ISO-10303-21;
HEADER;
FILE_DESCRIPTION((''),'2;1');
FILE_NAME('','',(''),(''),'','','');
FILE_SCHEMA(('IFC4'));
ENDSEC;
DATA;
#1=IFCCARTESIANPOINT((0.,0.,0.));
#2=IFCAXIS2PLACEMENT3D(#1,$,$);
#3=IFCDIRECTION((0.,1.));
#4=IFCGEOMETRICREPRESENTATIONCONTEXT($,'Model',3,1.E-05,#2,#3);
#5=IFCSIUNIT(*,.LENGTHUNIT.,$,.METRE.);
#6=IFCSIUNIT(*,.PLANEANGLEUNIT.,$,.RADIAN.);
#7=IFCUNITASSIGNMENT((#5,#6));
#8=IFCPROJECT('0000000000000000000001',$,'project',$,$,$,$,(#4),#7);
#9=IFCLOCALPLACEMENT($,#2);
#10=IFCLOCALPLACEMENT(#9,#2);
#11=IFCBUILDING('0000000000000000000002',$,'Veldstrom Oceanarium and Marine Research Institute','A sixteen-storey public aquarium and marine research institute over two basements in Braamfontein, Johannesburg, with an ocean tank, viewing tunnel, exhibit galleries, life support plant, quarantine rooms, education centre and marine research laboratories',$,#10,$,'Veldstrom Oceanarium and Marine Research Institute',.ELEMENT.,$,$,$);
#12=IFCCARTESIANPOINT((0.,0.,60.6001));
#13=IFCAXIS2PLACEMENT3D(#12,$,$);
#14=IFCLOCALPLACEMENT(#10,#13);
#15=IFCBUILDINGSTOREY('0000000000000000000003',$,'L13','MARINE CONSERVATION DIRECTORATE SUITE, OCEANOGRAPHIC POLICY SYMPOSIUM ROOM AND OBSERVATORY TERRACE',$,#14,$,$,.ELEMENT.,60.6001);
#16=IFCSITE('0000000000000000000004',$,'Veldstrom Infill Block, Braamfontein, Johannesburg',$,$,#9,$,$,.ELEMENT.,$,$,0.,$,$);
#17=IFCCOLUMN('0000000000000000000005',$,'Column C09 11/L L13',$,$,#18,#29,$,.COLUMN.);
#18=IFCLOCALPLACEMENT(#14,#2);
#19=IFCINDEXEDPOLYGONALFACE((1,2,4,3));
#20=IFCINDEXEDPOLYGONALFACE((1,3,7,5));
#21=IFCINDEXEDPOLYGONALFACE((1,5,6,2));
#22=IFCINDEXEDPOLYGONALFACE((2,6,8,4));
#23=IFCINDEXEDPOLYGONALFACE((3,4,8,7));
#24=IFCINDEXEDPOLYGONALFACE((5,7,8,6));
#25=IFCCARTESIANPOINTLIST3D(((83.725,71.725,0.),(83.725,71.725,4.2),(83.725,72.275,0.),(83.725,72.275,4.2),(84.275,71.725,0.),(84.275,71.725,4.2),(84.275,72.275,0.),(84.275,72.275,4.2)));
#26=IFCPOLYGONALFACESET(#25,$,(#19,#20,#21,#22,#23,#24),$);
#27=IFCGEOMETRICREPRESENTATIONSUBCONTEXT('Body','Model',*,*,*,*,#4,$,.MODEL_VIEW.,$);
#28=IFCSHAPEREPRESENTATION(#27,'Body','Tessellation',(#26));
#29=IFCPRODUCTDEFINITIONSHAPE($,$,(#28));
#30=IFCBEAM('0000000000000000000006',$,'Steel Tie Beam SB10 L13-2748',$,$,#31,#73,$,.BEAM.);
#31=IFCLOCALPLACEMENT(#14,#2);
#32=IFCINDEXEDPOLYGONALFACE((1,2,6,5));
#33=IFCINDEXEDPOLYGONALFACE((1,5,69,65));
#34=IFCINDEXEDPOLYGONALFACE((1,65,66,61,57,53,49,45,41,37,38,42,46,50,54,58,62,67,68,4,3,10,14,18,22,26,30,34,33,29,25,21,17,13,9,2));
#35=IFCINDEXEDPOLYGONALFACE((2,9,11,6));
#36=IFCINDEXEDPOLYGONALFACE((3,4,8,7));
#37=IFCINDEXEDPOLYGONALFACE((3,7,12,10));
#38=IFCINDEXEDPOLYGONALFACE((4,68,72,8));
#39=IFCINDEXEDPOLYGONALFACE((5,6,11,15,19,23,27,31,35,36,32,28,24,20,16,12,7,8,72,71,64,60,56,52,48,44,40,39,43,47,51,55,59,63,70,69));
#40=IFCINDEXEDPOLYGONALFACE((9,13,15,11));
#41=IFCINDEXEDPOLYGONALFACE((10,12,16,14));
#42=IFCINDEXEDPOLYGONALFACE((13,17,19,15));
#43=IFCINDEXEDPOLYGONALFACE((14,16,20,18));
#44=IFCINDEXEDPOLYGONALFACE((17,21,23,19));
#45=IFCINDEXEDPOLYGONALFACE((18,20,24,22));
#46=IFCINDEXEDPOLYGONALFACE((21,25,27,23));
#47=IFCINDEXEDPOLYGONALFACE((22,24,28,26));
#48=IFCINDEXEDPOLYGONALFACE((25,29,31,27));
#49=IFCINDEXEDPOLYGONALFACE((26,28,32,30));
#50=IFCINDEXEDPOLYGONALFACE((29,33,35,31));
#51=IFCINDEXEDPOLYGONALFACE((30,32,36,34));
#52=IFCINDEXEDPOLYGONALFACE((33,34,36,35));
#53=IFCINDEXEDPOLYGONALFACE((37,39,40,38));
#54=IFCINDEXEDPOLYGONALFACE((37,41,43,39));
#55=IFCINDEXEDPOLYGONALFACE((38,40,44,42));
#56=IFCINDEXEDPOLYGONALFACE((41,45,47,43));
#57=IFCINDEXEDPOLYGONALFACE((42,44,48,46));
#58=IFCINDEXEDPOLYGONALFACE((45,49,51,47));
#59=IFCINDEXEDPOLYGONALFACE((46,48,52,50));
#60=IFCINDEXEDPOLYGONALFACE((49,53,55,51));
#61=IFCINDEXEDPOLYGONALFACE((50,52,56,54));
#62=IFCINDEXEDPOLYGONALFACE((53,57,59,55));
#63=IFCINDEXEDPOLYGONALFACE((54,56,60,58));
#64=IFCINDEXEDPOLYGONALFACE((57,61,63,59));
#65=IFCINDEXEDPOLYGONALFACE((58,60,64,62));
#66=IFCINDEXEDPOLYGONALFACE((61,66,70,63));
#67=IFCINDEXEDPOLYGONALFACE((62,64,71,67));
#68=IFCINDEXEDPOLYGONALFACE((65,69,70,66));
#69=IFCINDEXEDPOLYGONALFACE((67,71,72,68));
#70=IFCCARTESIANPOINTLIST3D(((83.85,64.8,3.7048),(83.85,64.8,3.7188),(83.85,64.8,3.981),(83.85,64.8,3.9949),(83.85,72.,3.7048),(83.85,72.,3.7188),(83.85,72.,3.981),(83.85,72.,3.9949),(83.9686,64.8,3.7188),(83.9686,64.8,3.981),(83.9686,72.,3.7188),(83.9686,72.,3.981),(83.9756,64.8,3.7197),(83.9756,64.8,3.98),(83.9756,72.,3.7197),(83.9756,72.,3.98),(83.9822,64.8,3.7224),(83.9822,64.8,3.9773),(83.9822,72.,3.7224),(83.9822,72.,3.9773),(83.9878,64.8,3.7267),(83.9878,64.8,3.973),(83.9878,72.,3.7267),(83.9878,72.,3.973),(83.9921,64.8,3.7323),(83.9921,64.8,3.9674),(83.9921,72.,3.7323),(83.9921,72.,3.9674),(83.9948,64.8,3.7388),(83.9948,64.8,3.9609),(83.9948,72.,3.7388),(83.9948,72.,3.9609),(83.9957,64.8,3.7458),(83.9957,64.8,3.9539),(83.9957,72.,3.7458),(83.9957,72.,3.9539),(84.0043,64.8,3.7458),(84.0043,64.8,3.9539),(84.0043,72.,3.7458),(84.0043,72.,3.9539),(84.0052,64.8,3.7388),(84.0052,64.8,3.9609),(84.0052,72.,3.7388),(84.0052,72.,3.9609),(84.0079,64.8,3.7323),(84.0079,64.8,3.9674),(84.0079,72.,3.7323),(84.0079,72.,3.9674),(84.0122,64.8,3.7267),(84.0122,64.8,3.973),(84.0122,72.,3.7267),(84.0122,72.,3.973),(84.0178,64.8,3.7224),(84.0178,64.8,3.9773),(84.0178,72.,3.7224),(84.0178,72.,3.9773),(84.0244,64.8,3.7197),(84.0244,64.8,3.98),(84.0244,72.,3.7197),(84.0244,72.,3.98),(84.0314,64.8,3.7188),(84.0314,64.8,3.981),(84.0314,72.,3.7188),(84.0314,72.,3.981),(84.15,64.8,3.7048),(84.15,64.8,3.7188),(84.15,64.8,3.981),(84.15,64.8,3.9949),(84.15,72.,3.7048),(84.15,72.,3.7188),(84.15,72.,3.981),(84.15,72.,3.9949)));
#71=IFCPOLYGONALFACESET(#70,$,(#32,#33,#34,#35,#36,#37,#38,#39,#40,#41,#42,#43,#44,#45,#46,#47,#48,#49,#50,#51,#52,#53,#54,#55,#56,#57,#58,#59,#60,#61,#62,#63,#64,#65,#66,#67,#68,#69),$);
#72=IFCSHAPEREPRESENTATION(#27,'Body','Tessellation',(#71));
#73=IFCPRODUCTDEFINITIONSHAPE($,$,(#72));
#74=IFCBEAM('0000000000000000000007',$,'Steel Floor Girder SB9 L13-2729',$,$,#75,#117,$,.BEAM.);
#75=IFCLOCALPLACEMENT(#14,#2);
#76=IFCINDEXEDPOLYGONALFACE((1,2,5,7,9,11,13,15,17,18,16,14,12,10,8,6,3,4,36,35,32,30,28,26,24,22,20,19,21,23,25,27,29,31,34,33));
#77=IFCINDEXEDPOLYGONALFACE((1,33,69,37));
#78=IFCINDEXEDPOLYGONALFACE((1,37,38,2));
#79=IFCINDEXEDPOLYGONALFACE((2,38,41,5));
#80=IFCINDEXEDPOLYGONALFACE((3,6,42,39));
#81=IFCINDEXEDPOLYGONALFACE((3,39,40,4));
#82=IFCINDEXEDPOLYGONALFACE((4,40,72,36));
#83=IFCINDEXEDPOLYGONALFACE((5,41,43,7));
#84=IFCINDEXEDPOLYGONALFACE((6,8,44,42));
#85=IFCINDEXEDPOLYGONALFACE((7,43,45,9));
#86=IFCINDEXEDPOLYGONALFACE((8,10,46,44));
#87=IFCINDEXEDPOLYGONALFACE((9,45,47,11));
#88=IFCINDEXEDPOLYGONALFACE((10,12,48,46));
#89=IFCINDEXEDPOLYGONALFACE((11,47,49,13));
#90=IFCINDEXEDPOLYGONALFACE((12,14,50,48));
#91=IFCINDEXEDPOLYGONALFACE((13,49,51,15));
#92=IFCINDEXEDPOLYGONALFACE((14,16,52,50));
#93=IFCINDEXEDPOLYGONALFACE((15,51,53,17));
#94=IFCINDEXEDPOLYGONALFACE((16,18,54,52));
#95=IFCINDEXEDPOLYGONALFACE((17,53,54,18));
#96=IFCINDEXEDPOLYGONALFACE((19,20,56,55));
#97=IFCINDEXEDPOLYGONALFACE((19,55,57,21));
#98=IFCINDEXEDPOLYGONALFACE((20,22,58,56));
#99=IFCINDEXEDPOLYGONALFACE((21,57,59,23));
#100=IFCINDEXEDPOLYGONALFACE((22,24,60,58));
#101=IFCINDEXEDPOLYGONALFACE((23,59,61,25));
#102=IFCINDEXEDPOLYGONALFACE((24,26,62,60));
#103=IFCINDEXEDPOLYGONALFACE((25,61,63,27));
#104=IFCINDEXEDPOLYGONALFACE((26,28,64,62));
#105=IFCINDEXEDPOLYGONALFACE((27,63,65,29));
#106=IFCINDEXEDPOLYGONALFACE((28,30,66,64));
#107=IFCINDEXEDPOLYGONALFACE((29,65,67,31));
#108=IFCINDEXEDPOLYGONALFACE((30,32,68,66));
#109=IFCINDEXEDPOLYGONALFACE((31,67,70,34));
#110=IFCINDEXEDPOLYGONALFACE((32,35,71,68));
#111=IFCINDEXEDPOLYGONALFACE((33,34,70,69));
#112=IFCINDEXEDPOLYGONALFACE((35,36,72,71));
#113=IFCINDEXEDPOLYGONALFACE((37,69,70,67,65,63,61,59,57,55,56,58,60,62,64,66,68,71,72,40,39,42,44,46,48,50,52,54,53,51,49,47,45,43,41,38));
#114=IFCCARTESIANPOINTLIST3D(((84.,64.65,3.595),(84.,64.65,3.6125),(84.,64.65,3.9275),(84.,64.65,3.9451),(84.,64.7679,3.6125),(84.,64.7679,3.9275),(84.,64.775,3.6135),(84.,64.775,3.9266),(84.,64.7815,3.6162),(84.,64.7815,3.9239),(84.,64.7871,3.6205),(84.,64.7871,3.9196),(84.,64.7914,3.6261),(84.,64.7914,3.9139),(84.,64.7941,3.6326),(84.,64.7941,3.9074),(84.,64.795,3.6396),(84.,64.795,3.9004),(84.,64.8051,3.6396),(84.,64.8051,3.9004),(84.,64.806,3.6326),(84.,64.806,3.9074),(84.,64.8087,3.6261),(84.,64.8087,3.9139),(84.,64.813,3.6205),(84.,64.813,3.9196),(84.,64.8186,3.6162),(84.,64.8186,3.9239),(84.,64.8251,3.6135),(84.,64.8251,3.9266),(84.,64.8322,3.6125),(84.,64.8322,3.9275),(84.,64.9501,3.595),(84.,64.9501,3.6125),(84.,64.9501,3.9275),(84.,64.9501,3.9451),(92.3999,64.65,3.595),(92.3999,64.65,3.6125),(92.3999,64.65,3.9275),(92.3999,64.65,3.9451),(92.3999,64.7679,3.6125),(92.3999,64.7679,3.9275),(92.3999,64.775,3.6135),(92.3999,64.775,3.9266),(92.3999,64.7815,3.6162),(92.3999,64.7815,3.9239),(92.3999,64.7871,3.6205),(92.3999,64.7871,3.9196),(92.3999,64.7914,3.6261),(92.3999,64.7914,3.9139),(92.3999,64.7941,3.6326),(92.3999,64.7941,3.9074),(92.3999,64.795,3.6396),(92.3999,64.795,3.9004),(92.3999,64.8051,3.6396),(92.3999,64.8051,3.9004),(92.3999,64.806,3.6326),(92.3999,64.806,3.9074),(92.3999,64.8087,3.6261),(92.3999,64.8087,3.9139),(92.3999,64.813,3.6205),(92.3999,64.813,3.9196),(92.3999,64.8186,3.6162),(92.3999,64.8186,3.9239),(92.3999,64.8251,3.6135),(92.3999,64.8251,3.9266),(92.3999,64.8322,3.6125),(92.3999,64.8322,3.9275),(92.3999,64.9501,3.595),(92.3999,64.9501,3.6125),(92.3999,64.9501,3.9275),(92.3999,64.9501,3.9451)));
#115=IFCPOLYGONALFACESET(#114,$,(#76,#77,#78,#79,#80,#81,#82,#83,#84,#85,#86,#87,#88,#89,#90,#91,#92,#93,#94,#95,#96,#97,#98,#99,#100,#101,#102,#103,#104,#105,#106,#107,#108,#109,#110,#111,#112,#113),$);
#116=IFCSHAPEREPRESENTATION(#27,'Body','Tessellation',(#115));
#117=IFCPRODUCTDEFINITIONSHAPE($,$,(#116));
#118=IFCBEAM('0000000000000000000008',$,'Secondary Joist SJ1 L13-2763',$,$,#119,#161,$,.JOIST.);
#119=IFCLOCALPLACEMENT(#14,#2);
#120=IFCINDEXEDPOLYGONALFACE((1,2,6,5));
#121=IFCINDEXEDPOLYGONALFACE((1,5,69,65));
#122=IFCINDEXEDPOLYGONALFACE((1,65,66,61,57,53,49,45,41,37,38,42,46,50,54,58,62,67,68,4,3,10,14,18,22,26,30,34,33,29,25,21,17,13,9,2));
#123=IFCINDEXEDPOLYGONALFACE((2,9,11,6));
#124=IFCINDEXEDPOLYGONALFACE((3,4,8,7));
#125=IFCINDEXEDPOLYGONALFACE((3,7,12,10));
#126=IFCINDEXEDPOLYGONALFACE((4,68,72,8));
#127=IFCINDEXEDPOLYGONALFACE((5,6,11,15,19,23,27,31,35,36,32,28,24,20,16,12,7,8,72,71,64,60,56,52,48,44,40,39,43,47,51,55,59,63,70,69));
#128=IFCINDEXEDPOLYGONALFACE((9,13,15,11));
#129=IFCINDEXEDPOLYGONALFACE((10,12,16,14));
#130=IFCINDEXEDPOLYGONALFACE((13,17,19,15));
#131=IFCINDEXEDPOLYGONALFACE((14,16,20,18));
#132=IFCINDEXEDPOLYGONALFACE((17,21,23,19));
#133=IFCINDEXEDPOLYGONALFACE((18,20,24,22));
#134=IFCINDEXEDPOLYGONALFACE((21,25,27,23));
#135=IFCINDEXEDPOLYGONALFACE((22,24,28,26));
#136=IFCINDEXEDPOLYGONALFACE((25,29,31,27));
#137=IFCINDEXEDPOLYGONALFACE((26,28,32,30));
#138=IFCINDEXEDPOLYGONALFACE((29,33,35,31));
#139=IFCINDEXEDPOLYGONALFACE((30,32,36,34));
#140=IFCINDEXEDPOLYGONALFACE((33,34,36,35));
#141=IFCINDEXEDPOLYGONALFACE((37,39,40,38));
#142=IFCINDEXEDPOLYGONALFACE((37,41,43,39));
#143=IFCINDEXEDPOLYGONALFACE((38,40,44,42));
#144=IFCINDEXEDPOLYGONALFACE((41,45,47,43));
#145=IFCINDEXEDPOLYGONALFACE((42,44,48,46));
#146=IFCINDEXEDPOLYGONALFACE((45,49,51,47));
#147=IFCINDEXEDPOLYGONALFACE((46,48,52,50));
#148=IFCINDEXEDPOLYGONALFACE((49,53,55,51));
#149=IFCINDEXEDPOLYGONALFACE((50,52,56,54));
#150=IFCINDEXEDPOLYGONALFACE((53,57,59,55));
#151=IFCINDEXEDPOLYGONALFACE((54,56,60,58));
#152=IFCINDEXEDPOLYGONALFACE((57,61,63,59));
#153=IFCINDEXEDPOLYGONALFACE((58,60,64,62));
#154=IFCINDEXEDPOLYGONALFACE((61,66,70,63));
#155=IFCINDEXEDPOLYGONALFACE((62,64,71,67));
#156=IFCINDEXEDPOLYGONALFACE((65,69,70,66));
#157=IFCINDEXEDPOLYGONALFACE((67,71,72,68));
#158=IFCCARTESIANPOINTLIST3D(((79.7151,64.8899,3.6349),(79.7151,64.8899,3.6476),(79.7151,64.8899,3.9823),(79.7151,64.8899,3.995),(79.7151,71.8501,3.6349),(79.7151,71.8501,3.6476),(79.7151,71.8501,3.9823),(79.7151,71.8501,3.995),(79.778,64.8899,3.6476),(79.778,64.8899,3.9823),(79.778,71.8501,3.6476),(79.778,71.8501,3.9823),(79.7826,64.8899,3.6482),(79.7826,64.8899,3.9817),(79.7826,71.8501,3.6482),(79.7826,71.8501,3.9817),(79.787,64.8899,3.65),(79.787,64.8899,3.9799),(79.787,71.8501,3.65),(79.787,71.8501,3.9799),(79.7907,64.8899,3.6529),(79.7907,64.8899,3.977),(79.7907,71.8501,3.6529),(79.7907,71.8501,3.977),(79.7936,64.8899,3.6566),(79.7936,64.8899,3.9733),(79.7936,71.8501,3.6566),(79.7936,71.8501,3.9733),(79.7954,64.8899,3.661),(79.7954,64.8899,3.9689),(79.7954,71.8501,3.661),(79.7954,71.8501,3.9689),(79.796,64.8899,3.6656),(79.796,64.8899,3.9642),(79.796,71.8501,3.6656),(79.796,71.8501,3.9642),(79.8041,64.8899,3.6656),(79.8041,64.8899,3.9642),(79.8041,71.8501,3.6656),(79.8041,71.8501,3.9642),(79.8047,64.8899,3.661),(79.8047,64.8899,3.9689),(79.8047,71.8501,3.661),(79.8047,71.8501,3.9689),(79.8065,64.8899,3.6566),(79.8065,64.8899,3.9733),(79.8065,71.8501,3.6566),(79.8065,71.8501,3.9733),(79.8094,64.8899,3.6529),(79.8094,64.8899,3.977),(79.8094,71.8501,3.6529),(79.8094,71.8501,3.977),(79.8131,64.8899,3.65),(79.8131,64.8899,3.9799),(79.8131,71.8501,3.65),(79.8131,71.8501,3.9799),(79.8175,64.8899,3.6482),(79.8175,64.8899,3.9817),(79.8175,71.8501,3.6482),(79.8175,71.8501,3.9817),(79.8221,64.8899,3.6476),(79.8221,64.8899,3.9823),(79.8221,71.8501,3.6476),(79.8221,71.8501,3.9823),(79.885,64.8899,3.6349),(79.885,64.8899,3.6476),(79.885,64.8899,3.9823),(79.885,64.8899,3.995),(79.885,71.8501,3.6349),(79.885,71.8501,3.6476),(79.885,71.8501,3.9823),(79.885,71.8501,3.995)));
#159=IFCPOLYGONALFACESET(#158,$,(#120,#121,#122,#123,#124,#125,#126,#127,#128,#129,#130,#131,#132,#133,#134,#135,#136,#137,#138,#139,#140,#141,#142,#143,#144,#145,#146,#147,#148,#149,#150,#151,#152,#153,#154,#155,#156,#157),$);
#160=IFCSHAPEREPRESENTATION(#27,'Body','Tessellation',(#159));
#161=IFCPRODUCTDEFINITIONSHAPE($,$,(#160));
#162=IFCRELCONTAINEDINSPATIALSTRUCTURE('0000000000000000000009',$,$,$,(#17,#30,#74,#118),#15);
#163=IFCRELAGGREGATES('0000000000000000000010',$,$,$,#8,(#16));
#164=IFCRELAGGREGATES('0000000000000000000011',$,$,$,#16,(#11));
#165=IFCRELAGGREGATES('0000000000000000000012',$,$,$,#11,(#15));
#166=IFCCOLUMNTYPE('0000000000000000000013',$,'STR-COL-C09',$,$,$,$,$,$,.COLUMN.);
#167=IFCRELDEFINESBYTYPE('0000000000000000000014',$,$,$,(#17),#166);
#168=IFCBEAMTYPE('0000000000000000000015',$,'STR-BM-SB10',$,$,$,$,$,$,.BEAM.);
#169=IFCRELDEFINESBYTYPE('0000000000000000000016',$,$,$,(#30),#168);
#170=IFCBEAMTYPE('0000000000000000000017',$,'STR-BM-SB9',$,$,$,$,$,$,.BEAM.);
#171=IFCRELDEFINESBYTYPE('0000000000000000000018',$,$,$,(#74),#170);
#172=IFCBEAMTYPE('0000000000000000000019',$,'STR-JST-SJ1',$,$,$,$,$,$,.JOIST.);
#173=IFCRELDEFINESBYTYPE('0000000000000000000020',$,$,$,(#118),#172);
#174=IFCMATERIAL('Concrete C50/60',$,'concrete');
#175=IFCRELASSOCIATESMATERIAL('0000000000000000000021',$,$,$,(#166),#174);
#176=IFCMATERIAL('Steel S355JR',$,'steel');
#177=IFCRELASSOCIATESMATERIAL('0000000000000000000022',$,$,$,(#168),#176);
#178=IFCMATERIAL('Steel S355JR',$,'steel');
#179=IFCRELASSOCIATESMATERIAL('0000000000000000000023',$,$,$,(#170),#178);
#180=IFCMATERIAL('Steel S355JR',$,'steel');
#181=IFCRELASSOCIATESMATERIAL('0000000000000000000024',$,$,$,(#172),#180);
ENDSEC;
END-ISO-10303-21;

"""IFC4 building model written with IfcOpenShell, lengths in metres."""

from ifc_helpers import new_model, si_unit, direction, frame, origin, origin_2d, place, context, subcontext, project, spatial, rectangle, i_section, extrude, material, material_profile, profile_set, type_object, element, save


model = new_model("IFC4")

# Units and contexts
model_context = context("Model", 3, precision=1e-05, world=origin(), true_north=direction((0.0, 1.0)))
body_context = subcontext(model_context, "Body", "Model", "MODEL_VIEW")
ifc_project = project(units=[si_unit("LENGTHUNIT", "METRE"), si_unit("PLANEANGLEUNIT", "RADIAN")], contexts=[model_context])

# Site, building, storey
site_placement = place(None, origin())
site = spatial("IfcSite", under=ifc_project, at=site_placement, Name="Veldstrom Infill Block, Braamfontein, Johannesburg", CompositionType="ELEMENT", RefElevation=0.0)
building_placement = place(site_placement, origin())
building = spatial("IfcBuilding", under=site, at=building_placement, Name="Veldstrom Oceanarium and Marine Research Institute", Description="A sixteen-storey public aquarium and marine research institute over two basements in Braamfontein, Johannesburg, with an ocean tank, viewing tunnel, exhibit galleries, life support plant, quarantine rooms, education centre and marine research laboratories", LongName="Veldstrom Oceanarium and Marine Research Institute", CompositionType="ELEMENT")
storey_placement = place(building_placement, frame((0.0, 0.0, 60.6001)))
storey = spatial("IfcBuildingStorey", under=building, at=storey_placement, Name="L13", Description="MARINE CONSERVATION DIRECTORATE SUITE, OCEANOGRAPHIC POLICY SYMPOSIUM ROOM AND OBSERVATORY TERRACE", CompositionType="ELEMENT", Elevation=60.6001)

# Column
ifc_material_1 = material(Name="Concrete C50/60", Category="concrete")
ifc_material_profile_1 = material_profile(ifc_material_1, rectangle(XDim=0.55, YDim=0.55, at=origin_2d()), Name="RC-COL-550x550")
ifc_profile_set_1 = profile_set([ifc_material_profile_1], Name="Concrete C50/60")
column_type = type_object("IfcColumnType", Name="STR-COL-C09", PredefinedType="COLUMN", material=ifc_profile_set_1)
column_placement = place(storey_placement, frame((84.0, 72.0, 0.0), z_axis=(0.0, 0.0, 1.0), x_axis=(1.0, 0.0, 0.0)))
element("IfcColumn", 1, at=column_placement, inside=storey, type_object=column_type, Name="Column C09 11/L L13", PredefinedType="COLUMN", context=body_context, shape_type="SweptSolid", body=[
    extrude(rectangle(XDim=0.55, YDim=0.55, at=origin_2d()), origin(), (0.0, 0.0, 1.0), 4.2),
])

# Beams
ifc_material_2 = material(Name="Steel S355JR", Category="steel")
ifc_material_profile_2 = material_profile(ifc_material_2, i_section(OverallWidth=0.3, OverallDepth=0.29, WebThickness=0.0085, FlangeThickness=0.0139, FilletRadius=0.0271, at=origin_2d()), Name="HEA 300")
ifc_profile_set_2 = profile_set([ifc_material_profile_2], Name="Steel S355JR")
beam_type_1 = type_object("IfcBeamType", Name="STR-BM-SB10", PredefinedType="BEAM", material=ifc_profile_set_2)
beam_1_placement = place(storey_placement, frame((84.0, 64.8, 3.8499), z_axis=(0.0, 1.0, 0.0), x_axis=(-1.0, 0.0, 0.0)))
element("IfcBeam", 2, at=beam_1_placement, inside=storey, type_object=beam_type_1, Name="Steel Tie Beam SB10 L13-2748", PredefinedType="BEAM", context=body_context, shape_type="SweptSolid", body=[
    extrude(i_section(OverallWidth=0.3, OverallDepth=0.29, WebThickness=0.0085, FlangeThickness=0.0139, FilletRadius=0.0271, at=origin_2d()), origin(), (0.0, 0.0, 1.0), 7.2),
])
ifc_material_3 = material(Name="Steel S355JR", Category="steel")
ifc_material_profile_3 = material_profile(ifc_material_3, i_section(OverallWidth=0.3, OverallDepth=0.3501, WebThickness=0.01, FlangeThickness=0.0176, FilletRadius=0.0271, at=origin_2d()), Name="HEA 360")
ifc_profile_set_3 = profile_set([ifc_material_profile_3], Name="Steel S355JR")
beam_type_2 = type_object("IfcBeamType", Name="STR-BM-SB9", PredefinedType="BEAM", material=ifc_profile_set_3)
beam_2_placement = place(storey_placement, frame((84.0, 64.8, 3.77), z_axis=(1.0, 0.0, 0.0), x_axis=(0.0, 1.0, 0.0)))
element("IfcBeam", 3, at=beam_2_placement, inside=storey, type_object=beam_type_2, Name="Steel Floor Girder SB9 L13-2729", PredefinedType="BEAM", context=body_context, shape_type="SweptSolid", body=[
    extrude(i_section(OverallWidth=0.3, OverallDepth=0.3501, WebThickness=0.01, FlangeThickness=0.0176, FilletRadius=0.0271, at=origin_2d()), origin(), (0.0, 0.0, 1.0), 8.3999),
])
ifc_material_4 = material(Name="Steel S355JR", Category="steel")
ifc_material_profile_4 = material_profile(ifc_material_4, i_section(OverallWidth=0.1699, OverallDepth=0.3601, WebThickness=0.0081, FlangeThickness=0.0127, FilletRadius=0.0181, at=origin_2d()), Name="IPE 360")
ifc_profile_set_4 = profile_set([ifc_material_profile_4], Name="Steel S355JR")
beam_type_3 = type_object("IfcBeamType", Name="STR-JST-SJ1", PredefinedType="JOIST", material=ifc_profile_set_4)
beam_3_placement = place(storey_placement, frame((79.8, 64.8899, 3.8149), z_axis=(0.0, 1.0, 0.0), x_axis=(-1.0, 0.0, 0.0)))
element("IfcBeam", 4, at=beam_3_placement, inside=storey, type_object=beam_type_3, Name="Secondary Joist SJ1 L13-2763", PredefinedType="JOIST", context=body_context, shape_type="SweptSolid", body=[
    extrude(i_section(OverallWidth=0.1699, OverallDepth=0.3601, WebThickness=0.0081, FlangeThickness=0.0127, FilletRadius=0.0181, at=origin_2d()), origin(), (0.0, 0.0, 1.0), 6.9602),
])

save(model, "model.ifc")
